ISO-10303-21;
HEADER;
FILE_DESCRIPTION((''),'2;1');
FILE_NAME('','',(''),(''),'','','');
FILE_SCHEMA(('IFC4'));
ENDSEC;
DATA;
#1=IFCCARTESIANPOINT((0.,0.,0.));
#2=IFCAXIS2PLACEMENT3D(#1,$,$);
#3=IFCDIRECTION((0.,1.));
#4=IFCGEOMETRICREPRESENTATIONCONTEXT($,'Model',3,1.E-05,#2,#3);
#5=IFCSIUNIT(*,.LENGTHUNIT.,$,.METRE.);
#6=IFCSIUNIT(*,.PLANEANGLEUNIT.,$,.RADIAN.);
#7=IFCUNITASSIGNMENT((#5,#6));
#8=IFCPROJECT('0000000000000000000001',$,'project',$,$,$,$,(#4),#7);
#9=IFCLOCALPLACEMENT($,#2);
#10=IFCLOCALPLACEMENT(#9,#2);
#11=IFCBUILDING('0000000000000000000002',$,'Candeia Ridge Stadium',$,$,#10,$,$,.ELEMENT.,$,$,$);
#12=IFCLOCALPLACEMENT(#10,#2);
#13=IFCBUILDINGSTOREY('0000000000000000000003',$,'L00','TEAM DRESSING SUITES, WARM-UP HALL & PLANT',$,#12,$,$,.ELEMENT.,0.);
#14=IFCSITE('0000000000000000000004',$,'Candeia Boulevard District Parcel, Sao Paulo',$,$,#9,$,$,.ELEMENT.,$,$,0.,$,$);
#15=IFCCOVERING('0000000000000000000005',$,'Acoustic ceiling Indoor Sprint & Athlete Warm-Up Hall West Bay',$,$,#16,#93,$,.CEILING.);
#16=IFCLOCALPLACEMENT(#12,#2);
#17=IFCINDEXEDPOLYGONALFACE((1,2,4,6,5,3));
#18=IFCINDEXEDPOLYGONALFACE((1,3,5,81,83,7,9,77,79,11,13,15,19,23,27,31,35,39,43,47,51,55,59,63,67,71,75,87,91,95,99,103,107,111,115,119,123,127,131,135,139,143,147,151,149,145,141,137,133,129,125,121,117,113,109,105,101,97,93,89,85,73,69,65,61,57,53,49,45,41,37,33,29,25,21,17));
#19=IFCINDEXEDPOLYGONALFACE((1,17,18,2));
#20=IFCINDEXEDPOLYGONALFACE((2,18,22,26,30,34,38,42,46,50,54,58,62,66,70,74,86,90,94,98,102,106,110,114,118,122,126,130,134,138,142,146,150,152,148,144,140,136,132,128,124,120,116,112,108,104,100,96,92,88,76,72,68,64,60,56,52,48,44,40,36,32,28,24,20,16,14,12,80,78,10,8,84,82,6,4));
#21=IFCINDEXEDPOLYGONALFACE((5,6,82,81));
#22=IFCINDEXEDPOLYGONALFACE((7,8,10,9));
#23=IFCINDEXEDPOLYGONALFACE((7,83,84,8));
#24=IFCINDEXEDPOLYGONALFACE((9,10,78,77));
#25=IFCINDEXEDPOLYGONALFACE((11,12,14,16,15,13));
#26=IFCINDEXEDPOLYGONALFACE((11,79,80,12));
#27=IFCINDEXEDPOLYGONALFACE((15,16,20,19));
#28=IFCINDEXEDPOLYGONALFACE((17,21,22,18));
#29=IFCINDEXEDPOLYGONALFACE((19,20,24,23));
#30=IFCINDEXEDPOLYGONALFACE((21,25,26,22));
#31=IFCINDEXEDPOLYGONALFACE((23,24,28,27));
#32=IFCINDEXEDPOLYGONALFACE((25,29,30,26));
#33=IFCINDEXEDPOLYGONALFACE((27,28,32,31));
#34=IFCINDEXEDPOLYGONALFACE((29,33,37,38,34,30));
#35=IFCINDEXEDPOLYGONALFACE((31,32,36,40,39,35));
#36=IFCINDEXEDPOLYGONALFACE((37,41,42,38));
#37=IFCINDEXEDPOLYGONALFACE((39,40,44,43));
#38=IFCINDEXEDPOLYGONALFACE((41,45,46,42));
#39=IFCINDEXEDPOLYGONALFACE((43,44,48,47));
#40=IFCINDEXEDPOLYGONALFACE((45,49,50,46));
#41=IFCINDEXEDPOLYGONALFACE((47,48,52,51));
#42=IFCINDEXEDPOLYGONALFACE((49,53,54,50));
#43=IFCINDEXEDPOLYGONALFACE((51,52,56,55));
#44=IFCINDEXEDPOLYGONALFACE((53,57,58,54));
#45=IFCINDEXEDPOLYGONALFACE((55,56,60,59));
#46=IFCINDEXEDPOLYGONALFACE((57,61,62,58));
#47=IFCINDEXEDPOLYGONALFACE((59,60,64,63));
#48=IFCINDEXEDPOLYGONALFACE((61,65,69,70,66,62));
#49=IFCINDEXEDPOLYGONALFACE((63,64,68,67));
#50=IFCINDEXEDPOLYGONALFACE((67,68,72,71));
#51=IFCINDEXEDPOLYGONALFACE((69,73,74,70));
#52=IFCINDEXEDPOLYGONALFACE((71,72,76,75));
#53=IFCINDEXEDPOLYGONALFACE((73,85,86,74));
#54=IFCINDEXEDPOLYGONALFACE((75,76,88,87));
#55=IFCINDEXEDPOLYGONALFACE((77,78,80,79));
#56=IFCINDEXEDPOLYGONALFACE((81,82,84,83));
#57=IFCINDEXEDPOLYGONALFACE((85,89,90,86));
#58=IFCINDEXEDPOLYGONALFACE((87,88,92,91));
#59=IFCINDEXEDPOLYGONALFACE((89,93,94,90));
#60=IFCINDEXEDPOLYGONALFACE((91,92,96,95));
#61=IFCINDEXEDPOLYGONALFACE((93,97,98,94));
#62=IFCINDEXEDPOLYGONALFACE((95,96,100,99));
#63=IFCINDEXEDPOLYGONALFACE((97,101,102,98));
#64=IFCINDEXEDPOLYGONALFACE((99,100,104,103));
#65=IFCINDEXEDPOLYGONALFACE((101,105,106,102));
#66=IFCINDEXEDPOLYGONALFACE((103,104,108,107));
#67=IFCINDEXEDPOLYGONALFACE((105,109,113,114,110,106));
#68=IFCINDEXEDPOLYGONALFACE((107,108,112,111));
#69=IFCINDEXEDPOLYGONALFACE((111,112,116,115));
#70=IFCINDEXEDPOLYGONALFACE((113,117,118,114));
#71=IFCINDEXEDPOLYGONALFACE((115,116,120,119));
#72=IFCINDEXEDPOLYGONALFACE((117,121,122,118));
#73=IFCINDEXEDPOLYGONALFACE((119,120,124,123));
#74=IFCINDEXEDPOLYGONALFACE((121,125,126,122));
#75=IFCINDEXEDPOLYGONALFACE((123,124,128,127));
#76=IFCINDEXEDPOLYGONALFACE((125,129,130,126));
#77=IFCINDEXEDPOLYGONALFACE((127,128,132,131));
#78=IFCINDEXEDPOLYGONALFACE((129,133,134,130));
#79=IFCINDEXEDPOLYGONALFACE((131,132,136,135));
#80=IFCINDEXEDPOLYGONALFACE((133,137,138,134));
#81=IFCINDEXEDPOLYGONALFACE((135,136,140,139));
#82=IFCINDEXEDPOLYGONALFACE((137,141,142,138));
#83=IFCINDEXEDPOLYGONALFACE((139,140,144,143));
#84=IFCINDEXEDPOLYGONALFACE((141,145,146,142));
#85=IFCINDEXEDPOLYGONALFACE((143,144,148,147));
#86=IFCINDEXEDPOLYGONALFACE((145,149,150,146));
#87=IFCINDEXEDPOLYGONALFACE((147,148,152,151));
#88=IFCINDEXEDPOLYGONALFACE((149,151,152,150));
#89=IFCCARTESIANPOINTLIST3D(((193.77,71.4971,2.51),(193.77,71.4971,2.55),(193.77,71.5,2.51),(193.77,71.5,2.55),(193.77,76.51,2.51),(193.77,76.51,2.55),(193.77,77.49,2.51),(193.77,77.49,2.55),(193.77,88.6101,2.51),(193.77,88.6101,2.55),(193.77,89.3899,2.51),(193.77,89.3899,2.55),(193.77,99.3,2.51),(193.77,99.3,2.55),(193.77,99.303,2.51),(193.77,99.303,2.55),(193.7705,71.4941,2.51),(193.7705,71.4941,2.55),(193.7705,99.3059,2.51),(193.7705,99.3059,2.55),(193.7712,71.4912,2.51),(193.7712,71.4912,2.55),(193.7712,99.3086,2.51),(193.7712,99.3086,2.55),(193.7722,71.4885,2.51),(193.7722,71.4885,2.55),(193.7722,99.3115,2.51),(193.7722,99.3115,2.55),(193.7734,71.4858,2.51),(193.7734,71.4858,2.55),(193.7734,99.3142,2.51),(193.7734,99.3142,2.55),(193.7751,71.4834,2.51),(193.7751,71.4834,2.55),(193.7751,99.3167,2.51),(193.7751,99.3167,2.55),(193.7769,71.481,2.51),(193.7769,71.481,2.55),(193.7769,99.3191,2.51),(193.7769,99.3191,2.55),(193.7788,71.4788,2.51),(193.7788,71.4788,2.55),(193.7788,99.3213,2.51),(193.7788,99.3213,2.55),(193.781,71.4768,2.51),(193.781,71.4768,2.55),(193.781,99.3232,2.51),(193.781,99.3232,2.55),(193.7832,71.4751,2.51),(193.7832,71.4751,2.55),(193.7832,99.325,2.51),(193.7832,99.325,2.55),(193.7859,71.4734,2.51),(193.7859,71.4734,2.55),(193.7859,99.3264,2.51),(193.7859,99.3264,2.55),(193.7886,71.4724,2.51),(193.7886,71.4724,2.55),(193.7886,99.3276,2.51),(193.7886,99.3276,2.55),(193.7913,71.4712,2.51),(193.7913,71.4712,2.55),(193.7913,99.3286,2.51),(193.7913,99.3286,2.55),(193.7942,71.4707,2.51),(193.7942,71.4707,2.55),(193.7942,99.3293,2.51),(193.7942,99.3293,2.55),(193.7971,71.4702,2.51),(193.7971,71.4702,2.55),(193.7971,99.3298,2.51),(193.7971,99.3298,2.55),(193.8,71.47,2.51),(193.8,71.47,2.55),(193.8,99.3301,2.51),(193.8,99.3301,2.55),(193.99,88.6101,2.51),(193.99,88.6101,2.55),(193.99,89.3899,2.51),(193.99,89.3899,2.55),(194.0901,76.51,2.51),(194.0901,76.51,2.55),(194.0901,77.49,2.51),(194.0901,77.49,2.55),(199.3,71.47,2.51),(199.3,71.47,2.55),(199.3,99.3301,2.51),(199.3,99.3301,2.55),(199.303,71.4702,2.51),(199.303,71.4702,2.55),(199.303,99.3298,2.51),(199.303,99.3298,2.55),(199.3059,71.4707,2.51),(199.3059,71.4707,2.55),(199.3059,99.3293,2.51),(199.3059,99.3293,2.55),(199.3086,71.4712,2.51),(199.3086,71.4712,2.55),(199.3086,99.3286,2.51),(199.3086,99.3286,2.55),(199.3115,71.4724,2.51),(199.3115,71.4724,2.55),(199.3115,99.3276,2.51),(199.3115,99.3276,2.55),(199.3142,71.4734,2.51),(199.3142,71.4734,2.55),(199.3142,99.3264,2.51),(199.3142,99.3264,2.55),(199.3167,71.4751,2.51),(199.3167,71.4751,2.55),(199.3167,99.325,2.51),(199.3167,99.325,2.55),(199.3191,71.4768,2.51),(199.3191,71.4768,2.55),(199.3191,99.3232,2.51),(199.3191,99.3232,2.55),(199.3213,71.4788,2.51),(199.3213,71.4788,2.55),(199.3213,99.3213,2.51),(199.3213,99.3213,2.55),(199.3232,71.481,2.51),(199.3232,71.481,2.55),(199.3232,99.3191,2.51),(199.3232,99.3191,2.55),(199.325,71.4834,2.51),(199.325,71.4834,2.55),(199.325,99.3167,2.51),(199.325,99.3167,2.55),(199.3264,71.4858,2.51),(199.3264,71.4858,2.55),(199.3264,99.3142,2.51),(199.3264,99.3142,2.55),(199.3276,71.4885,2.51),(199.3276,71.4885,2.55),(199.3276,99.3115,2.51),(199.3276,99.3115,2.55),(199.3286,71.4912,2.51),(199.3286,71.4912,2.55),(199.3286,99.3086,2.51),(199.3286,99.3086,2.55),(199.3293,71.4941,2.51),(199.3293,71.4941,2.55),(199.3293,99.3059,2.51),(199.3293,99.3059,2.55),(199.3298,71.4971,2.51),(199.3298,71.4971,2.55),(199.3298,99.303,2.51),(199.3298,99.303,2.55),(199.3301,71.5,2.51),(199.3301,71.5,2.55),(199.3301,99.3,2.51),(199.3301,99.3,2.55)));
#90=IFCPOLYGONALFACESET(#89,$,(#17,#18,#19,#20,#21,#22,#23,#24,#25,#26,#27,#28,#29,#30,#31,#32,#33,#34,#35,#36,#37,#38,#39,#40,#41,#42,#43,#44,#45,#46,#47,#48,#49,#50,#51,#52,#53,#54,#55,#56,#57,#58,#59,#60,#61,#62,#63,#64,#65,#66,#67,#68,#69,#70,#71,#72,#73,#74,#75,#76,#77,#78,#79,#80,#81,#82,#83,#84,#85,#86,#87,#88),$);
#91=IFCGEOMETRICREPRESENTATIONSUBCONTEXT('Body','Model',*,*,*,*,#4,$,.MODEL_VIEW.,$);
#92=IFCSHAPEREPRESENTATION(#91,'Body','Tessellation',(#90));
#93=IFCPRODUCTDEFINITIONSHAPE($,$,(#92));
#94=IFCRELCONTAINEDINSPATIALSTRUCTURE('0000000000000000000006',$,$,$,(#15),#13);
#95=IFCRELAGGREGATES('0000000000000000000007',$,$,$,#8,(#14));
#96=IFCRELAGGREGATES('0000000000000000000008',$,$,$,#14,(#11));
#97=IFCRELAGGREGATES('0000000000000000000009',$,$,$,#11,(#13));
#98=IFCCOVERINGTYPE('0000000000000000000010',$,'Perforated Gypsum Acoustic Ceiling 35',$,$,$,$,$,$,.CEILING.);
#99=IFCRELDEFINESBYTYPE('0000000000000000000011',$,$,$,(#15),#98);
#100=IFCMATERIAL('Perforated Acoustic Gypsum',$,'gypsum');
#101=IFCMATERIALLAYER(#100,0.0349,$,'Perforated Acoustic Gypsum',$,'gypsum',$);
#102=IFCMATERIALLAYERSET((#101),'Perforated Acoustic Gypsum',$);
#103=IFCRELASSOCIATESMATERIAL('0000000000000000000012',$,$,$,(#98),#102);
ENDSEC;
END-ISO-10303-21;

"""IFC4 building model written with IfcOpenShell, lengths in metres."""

from ifc_helpers import new_model, si_unit, direction, frame, origin, place, context, subcontext, project, spatial, polyline, outline, extrude, material, layer, layer_set, type_object, element, save


model = new_model("IFC4")

# Units and contexts
model_context = context("Model", 3, precision=1e-05, world=origin(), true_north=direction((0.0, 1.0)))
body_context = subcontext(model_context, "Body", "Model", "MODEL_VIEW")
ifc_project = project(units=[si_unit("LENGTHUNIT", "METRE"), si_unit("PLANEANGLEUNIT", "RADIAN")], contexts=[model_context])

# Site, building, storey
site_placement = place(None, origin())
site = spatial("IfcSite", under=ifc_project, at=site_placement, Name="Candeia Boulevard District Parcel, Sao Paulo", CompositionType="ELEMENT", RefElevation=0.0)
building_placement = place(site_placement, origin())
building = spatial("IfcBuilding", under=site, at=building_placement, Name="Candeia Ridge Stadium", CompositionType="ELEMENT")
storey_placement = place(building_placement, origin())
storey = spatial("IfcBuildingStorey", under=building, at=storey_placement, Name="L00", Description="TEAM DRESSING SUITES, WARM-UP HALL & PLANT", CompositionType="ELEMENT", Elevation=0.0)

# Covering
ifc_material_1 = material(Name="Perforated Acoustic Gypsum", Category="gypsum")
ifc_layer_1 = layer(ifc_material_1, 0.0349, Name="Perforated Acoustic Gypsum", Category="gypsum")
ifc_layer_set_1 = layer_set([ifc_layer_1], Name="Perforated Acoustic Gypsum")
covering_type_1 = type_object("IfcCoveringType", Name="Perforated Gypsum Acoustic Ceiling 35", PredefinedType="CEILING", material=ifc_layer_set_1)
covering_1_placement = place(storey_placement, frame((0.0, 0.0, 2.51)))
element("IfcCovering", 1, at=covering_1_placement, inside=storey, type_object=covering_type_1, Name="Acoustic ceiling Indoor Sprint & Athlete Warm-Up Hall West Bay", PredefinedType="CEILING", context=body_context, shape_type="SweptSolid", body=[
    extrude(outline(polyline([(193.7942, 71.4707), (193.7913, 71.4712), (193.7886, 71.4724), (193.7859, 71.4734), (193.7832, 71.4751), (193.781, 71.4768), (193.7788, 71.4788), (193.7769, 71.481), (193.7751, 71.4834), (193.7734, 71.4858), (193.7722, 71.4885), (193.7712, 71.4912), (193.7705, 71.4941), (193.77, 71.4971), (193.77, 71.5), (193.77, 76.51), (194.0901, 76.51), (194.0901, 77.49), (193.77, 77.49), (193.77, 88.6101), (193.99, 88.6101), (193.99, 89.3899), (193.77, 89.3899), (193.77, 99.3), (193.77, 99.303), (193.7705, 99.3059), (193.7712, 99.3086), (193.7722, 99.3115), (193.7734, 99.3142), (193.7751, 99.3167), (193.7769, 99.3191), (193.7788, 99.3213), (193.781, 99.3232), (193.7832, 99.325), (193.7859, 99.3264), (193.7886, 99.3276), (193.7913, 99.3286), (193.7942, 99.3293), (193.7971, 99.3298), (193.8, 99.3301), (199.3, 99.3301), (199.303, 99.3298), (199.3059, 99.3293), (199.3086, 99.3286), (199.3115, 99.3276), (199.3142, 99.3264), (199.3167, 99.325), (199.3191, 99.3232), (199.3213, 99.3213), (199.3232, 99.3191), (199.325, 99.3167), (199.3264, 99.3142), (199.3276, 99.3115), (199.3286, 99.3086), (199.3293, 99.3059), (199.3298, 99.303), (199.3301, 99.3), (199.3301, 71.5), (199.3298, 71.4971), (199.3293, 71.4941), (199.3286, 71.4912), (199.3276, 71.4885), (199.3264, 71.4858), (199.325, 71.4834), (199.3232, 71.481), (199.3213, 71.4788), (199.3191, 71.4768), (199.3167, 71.4751), (199.3142, 71.4734), (199.3115, 71.4724), (199.3086, 71.4712), (199.3059, 71.4707), (199.303, 71.4702), (199.3, 71.47), (193.8, 71.47), (193.7971, 71.4702), (193.7942, 71.4707)])), origin(), (0.0, 0.0, 1.0), 0.04),
])

save(model, "model.ifc")
